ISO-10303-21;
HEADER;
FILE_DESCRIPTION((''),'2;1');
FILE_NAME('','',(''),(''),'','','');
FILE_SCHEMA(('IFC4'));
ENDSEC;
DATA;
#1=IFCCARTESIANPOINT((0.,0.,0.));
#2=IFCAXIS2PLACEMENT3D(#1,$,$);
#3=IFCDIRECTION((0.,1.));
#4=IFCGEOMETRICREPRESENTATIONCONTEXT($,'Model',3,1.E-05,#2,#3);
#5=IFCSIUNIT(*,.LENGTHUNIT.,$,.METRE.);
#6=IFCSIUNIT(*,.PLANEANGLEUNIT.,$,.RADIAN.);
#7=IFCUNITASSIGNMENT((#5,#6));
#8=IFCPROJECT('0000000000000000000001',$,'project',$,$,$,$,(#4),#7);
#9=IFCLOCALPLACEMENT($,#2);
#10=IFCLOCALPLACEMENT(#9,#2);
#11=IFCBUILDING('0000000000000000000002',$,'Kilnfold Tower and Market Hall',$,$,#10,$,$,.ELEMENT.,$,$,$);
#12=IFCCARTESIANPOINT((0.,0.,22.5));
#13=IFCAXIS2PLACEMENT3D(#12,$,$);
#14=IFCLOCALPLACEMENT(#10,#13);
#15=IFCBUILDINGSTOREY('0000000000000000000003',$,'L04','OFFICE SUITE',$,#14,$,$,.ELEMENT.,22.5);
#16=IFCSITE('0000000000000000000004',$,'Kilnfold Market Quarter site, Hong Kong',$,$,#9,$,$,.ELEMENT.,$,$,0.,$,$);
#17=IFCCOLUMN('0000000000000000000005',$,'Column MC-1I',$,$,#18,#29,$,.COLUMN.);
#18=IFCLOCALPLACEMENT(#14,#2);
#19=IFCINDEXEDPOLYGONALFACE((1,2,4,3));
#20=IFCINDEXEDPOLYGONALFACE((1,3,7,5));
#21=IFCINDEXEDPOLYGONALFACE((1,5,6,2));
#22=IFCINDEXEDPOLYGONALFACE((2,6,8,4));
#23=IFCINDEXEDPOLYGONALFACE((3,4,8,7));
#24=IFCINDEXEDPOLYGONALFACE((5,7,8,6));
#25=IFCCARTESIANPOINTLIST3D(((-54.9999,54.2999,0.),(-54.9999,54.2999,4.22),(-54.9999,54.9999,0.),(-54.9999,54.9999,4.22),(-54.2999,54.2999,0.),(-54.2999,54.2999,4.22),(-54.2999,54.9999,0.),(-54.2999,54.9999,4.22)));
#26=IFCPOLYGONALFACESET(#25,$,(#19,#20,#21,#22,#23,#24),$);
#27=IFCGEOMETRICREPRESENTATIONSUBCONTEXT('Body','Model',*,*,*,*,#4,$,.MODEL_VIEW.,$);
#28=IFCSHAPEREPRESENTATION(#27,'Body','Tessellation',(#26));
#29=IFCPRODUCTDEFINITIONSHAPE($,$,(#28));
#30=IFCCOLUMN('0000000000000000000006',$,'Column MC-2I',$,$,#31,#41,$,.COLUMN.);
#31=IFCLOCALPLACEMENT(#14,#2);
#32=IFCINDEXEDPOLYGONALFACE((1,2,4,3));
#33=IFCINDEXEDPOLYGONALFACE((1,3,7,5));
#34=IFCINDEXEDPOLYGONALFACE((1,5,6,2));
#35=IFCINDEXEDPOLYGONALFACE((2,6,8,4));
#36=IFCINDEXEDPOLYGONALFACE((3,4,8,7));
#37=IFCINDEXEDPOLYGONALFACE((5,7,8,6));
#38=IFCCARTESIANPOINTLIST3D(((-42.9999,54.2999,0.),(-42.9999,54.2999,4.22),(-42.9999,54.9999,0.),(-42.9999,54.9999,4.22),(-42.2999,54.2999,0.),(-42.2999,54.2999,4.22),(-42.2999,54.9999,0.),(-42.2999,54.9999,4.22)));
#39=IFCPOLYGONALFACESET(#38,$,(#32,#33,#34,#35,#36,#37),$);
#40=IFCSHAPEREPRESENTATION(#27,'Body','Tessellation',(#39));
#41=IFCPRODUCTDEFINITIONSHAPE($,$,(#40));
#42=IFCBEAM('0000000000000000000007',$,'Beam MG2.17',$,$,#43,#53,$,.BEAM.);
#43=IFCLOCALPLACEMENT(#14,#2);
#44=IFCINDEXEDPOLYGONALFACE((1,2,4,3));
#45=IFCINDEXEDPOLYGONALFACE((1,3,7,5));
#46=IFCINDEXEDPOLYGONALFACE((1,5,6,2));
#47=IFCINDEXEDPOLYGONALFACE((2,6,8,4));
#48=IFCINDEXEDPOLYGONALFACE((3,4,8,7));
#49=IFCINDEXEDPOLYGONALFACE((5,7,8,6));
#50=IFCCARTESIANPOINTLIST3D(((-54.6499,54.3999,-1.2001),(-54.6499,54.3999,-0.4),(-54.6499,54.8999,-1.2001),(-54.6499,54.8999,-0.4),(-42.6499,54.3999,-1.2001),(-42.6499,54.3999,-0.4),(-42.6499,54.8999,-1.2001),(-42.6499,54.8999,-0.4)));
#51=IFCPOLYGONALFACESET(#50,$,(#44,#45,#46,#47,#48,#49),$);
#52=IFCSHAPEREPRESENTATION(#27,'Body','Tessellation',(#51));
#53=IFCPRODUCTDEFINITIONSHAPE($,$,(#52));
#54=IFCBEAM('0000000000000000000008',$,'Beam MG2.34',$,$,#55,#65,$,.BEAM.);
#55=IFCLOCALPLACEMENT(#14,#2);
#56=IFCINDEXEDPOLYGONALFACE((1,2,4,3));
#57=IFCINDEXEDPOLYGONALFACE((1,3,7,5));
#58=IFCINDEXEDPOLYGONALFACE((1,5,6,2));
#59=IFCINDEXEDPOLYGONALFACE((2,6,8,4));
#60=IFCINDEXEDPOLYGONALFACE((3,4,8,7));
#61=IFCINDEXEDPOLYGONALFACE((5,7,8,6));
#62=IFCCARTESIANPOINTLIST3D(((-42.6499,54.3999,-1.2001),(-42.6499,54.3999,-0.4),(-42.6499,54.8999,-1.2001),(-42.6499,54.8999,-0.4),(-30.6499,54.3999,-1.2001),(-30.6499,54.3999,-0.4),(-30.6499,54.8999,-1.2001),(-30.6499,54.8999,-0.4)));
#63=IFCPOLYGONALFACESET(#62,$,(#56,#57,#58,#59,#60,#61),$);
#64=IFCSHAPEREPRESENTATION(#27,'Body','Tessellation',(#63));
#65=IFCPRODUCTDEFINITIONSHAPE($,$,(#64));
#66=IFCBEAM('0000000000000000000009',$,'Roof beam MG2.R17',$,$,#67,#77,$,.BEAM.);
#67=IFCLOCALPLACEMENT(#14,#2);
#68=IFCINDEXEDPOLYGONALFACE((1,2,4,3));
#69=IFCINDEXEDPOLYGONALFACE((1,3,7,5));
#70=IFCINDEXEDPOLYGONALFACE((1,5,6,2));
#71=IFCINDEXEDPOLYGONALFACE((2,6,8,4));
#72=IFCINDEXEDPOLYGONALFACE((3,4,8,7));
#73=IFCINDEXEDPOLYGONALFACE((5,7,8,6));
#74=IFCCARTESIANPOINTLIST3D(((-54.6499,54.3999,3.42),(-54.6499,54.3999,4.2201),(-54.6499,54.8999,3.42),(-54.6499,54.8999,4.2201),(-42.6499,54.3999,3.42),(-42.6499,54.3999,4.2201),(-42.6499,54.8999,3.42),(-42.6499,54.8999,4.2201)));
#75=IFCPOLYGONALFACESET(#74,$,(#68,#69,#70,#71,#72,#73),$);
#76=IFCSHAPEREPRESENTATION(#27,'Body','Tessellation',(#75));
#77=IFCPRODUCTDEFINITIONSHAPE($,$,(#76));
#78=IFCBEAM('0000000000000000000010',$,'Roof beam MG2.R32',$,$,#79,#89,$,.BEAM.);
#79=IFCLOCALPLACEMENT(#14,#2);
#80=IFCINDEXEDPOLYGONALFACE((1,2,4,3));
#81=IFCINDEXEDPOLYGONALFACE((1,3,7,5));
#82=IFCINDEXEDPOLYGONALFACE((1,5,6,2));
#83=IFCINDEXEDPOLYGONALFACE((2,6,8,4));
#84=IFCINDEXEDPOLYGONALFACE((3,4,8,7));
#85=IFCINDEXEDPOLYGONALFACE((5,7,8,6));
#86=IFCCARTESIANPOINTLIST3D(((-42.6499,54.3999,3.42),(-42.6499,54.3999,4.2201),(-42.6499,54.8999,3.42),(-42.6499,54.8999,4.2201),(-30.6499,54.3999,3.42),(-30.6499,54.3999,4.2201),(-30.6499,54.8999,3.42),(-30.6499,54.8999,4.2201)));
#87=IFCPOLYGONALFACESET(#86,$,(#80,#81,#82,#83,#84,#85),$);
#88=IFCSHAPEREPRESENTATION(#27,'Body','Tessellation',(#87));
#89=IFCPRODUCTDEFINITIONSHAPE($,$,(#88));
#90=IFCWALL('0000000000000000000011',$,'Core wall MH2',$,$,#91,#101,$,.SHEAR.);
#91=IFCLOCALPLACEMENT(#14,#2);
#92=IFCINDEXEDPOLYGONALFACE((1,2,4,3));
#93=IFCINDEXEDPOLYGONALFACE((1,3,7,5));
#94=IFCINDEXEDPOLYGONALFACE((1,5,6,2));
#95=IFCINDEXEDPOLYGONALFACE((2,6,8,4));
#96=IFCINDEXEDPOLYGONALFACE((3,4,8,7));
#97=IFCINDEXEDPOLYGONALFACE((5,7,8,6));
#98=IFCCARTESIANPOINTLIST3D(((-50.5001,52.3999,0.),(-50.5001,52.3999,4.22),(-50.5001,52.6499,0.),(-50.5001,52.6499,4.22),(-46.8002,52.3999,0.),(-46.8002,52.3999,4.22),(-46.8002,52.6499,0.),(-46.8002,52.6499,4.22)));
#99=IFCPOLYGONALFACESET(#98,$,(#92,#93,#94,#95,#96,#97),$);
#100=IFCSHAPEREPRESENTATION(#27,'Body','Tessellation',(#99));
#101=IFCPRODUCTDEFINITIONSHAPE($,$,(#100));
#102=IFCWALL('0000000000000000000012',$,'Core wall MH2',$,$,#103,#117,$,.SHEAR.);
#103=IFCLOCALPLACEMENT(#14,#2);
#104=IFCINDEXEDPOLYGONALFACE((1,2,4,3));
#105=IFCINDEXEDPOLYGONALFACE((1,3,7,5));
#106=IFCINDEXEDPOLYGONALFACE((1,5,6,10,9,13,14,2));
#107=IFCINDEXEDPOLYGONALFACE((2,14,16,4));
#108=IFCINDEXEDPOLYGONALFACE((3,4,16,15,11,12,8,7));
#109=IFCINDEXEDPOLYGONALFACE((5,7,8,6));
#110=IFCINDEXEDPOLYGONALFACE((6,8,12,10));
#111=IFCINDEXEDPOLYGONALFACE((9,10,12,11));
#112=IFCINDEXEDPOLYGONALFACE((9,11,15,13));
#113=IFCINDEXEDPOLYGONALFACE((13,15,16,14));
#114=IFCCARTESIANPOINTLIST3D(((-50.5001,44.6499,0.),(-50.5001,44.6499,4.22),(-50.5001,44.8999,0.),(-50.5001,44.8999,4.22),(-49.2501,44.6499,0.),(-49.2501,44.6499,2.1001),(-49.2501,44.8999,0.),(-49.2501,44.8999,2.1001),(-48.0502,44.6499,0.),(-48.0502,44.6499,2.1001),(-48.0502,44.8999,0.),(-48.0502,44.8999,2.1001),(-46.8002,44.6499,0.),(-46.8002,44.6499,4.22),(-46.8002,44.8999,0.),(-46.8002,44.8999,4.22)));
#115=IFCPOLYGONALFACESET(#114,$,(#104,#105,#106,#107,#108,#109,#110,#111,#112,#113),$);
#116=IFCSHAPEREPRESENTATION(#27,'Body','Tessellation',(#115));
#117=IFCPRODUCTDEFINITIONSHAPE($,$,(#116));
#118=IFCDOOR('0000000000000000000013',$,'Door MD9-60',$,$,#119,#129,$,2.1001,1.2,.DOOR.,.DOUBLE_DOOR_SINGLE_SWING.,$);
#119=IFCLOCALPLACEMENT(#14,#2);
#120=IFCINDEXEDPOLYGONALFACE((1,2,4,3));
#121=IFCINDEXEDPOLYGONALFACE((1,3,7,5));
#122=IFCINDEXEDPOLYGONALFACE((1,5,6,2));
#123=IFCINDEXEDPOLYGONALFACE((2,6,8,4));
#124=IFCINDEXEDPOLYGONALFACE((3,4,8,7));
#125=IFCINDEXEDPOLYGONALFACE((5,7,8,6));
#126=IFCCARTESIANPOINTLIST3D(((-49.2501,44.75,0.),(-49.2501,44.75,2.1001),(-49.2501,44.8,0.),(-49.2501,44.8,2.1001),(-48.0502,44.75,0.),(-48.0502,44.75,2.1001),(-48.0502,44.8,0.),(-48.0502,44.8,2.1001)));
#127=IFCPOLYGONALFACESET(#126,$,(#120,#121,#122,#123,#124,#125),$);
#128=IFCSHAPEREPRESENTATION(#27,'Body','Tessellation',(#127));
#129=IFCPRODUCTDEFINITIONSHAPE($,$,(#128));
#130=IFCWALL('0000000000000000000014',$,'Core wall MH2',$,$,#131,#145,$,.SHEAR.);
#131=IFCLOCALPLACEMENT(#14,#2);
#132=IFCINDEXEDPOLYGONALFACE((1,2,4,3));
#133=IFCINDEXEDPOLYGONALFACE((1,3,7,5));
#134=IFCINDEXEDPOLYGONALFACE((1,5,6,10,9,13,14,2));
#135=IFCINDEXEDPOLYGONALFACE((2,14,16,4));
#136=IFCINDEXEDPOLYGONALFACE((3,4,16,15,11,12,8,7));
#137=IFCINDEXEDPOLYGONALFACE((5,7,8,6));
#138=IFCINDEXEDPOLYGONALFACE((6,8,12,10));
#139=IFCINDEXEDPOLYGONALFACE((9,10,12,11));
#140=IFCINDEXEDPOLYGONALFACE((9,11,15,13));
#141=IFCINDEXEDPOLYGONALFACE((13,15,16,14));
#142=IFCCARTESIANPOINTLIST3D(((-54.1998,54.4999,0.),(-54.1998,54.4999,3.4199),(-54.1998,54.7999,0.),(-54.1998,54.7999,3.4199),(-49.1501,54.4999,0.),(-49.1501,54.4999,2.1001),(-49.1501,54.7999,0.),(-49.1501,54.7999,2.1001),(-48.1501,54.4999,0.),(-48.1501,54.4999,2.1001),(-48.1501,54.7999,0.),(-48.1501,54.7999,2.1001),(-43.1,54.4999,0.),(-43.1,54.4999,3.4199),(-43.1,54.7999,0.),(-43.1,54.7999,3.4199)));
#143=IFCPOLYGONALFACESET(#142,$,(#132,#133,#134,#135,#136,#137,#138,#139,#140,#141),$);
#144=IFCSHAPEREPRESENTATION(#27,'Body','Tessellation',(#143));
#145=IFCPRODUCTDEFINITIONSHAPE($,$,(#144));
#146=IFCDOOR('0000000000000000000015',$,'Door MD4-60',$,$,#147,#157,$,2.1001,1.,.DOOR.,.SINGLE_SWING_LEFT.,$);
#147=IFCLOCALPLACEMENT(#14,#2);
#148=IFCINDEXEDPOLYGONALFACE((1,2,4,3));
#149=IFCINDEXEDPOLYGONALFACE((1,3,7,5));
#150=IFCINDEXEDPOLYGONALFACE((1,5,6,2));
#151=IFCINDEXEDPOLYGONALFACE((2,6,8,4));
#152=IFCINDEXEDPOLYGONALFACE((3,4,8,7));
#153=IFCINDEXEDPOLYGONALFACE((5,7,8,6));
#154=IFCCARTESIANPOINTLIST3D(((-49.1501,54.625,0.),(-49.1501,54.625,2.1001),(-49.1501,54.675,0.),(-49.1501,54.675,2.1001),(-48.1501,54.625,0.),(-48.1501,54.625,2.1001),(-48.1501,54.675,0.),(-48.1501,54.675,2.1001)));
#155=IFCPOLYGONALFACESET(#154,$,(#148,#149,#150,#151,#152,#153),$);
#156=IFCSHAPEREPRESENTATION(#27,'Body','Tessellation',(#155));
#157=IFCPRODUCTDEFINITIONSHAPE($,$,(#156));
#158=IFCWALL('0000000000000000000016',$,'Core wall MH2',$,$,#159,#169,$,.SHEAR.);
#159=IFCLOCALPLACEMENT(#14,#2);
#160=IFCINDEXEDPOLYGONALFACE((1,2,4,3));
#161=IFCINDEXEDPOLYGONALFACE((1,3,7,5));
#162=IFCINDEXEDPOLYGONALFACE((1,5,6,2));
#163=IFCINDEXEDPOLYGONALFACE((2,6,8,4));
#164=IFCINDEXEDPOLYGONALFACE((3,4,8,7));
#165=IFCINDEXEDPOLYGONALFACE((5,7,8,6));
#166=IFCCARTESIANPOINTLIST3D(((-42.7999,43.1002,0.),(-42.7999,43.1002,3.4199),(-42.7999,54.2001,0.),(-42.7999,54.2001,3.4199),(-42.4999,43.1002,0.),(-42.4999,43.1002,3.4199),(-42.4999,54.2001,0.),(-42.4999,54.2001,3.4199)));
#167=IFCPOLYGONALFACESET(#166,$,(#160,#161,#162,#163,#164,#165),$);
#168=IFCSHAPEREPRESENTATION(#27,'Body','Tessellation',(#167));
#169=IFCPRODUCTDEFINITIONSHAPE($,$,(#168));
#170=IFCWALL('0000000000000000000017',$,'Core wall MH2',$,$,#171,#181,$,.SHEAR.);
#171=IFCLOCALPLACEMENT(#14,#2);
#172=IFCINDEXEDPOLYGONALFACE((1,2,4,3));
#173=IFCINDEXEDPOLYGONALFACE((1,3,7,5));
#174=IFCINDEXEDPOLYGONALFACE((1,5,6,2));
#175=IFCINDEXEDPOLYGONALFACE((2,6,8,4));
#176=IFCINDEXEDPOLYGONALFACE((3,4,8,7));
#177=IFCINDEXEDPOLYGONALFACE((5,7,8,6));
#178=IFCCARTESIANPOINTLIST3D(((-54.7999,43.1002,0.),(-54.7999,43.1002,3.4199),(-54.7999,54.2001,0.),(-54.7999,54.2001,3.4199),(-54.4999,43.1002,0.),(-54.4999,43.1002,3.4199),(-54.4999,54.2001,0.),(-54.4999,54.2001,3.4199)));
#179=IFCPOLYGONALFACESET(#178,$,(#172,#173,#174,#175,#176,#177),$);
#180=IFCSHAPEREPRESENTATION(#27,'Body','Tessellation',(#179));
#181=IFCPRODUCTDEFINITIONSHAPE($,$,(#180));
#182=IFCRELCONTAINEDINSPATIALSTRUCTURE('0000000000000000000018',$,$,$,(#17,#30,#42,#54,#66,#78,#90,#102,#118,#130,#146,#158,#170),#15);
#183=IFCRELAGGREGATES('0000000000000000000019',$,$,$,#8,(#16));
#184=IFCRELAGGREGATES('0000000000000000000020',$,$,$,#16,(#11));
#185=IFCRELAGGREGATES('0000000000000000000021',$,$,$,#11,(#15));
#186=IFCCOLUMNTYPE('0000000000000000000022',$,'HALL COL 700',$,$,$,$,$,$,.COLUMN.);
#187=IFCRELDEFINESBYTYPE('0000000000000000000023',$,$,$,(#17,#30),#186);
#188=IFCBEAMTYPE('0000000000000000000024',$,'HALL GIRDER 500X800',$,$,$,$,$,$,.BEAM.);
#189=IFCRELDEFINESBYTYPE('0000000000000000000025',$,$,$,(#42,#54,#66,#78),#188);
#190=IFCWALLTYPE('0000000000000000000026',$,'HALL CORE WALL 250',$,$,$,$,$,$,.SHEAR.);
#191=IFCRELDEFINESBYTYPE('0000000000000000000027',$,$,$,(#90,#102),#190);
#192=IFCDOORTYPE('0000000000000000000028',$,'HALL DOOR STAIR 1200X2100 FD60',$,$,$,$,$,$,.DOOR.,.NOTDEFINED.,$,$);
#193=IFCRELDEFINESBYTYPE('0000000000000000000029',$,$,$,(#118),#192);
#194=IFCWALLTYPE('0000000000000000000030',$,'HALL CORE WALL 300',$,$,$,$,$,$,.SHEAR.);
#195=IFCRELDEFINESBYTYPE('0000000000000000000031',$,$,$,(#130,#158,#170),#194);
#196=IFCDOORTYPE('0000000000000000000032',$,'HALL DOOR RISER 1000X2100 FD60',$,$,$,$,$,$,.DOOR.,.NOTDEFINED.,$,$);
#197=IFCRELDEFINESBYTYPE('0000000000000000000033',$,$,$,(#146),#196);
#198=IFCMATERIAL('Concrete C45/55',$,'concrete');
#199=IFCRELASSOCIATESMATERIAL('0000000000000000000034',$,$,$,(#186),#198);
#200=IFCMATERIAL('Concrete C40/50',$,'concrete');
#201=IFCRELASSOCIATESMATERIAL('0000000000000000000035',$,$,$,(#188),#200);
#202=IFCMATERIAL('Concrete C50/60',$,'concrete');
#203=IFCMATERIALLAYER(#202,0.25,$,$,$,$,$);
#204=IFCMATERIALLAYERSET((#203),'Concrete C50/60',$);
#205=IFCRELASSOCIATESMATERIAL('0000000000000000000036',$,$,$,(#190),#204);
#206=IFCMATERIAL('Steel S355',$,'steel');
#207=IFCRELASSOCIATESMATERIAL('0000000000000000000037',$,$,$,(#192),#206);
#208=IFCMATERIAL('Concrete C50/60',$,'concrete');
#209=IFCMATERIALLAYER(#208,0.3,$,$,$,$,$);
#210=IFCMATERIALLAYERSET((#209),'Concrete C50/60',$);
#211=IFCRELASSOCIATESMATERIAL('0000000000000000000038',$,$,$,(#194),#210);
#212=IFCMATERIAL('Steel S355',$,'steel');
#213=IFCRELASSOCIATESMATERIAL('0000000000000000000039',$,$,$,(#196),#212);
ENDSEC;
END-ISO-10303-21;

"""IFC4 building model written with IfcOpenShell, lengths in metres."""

from ifc_helpers import new_model, si_unit, direction, frame, frame_2d, origin, origin_2d, place, context, subcontext, project, spatial, rectangle, extrude, source, transform, mapped, material, layer, layer_set, material_profile, profile_set, type_object, element, fill, save


model = new_model("IFC4")

# Units and contexts
model_context = context("Model", 3, precision=1e-05, world=origin(), true_north=direction((0.0, 1.0)))
body_context = subcontext(model_context, "Body", "Model", "MODEL_VIEW")
ifc_project = project(units=[si_unit("LENGTHUNIT", "METRE"), si_unit("PLANEANGLEUNIT", "RADIAN")], contexts=[model_context])

# Site, building, storey
site_placement = place(None, origin())
site = spatial("IfcSite", under=ifc_project, at=site_placement, Name="Kilnfold Market Quarter site, Hong Kong", CompositionType="ELEMENT", RefElevation=0.0)
building_placement = place(site_placement, origin())
building = spatial("IfcBuilding", under=site, at=building_placement, Name="Kilnfold Tower and Market Hall", CompositionType="ELEMENT")
storey_placement = place(building_placement, frame((0.0, 0.0, 22.5)))
storey = spatial("IfcBuildingStorey", under=building, at=storey_placement, Name="L04", Description="OFFICE SUITE", CompositionType="ELEMENT", Elevation=22.5)

# Columns
ifc_material_1 = material(Name="Concrete C45/55", Category="concrete")
ifc_material_profile_1 = material_profile(ifc_material_1, rectangle(XDim=0.7, YDim=0.7, at=origin_2d()), Name="RC 700x700")
ifc_profile_set_1 = profile_set([ifc_material_profile_1], Name="Concrete C45/55")
column_type = type_object("IfcColumnType", Name="HALL COL 700", PredefinedType="COLUMN", material=ifc_profile_set_1)
shared_shape_1 = source(origin(), body_context, "Body", "SweptSolid", [
    extrude(rectangle(XDim=0.7, YDim=0.7, at=origin_2d()), origin(), (0.0, 0.0, 1.0), 4.22),
])
for number, where, z_axis, x_axis, name in (
    (1, (-54.6499, 54.6499, 0.0), (0.0, 0.0, 1.0), (1.0, 0.0, 0.0), "Column MC-1I"),
    (2, (-42.6499, 54.6499, 0.0), (0.0, 0.0, 1.0), (1.0, 0.0, 0.0), "Column MC-2I"),
):
    element("IfcColumn", number, at=place(storey_placement, frame(where, z_axis=z_axis, x_axis=x_axis)), inside=storey, type_object=column_type, Name=name, PredefinedType="COLUMN", context=body_context, shape_type="MappedRepresentation", body=[
        mapped(shared_shape_1, transform((0.0, 0.0, 0.0))),
    ])

# Beams
ifc_material_2 = material(Name="Concrete C40/50", Category="concrete")
ifc_material_profile_2 = material_profile(ifc_material_2, rectangle(XDim=0.5, YDim=0.8, at=origin_2d()), Name="RC 500x800")
ifc_profile_set_2 = profile_set([ifc_material_profile_2], Name="Concrete C40/50")
beam_type = type_object("IfcBeamType", Name="HALL GIRDER 500X800", PredefinedType="BEAM", material=ifc_profile_set_2)
for number, where, z_axis, x_axis, name in (
    (3, (-54.6499, 54.6499, -0.8), (1.0, 0.0, 0.0), (0.0, 1.0, 0.0), "Beam MG2.17"),
    (4, (-42.6499, 54.6499, -0.8), (1.0, 0.0, 0.0), (0.0, 1.0, 0.0), "Beam MG2.34"),
    (5, (-54.6499, 54.6499, 3.8201), (1.0, 0.0, 0.0), (0.0, 1.0, 0.0), "Roof beam MG2.R17"),
    (6, (-42.6499, 54.6499, 3.8201), (1.0, 0.0, 0.0), (0.0, 1.0, 0.0), "Roof beam MG2.R32"),
):
    element("IfcBeam", number, at=place(storey_placement, frame(where, z_axis=z_axis, x_axis=x_axis)), inside=storey, type_object=beam_type, Name=name, PredefinedType="BEAM", context=body_context, shape_type="SweptSolid", body=[
        extrude(rectangle(XDim=0.5, YDim=0.8, at=origin_2d()), origin(), (0.0, 0.0, 1.0), 12.0),
    ])

# Wall
ifc_material_3 = material(Name="Concrete C50/60", Category="concrete")
ifc_layer_1 = layer(ifc_material_3, 0.25)
ifc_layer_set_1 = layer_set([ifc_layer_1], Name="Concrete C50/60")
wall_type_1 = type_object("IfcWallType", Name="HALL CORE WALL 250", PredefinedType="SHEAR", material=ifc_layer_set_1)
shared_shape_2 = source(origin(), body_context, "Body", "SweptSolid", [
    extrude(rectangle(XDim=3.7, YDim=0.25, at=frame_2d((1.8501, 0.0))), origin(), (0.0, 0.0, 1.0), 4.22),
])
wall_1_placement = place(storey_placement, frame((-46.8, 52.5249, 0.0), z_axis=(0.0, 0.0, 1.0), x_axis=(-1.0, 0.0, 0.0)))
element("IfcWall", 7, at=wall_1_placement, inside=storey, type_object=wall_type_1, Name="Core wall MH2", PredefinedType="SHEAR", context=body_context, shape_type="MappedRepresentation", body=[
    mapped(shared_shape_2, transform((0.0, 0.0, 0.0))),
])

# Walls, openings, doors
wall_2_placement = place(storey_placement, frame((-46.8, 44.7749, 0.0), z_axis=(0.0, 0.0, 1.0), x_axis=(-1.0, 0.0, 0.0)))
wall_2 = element("IfcWall", 8, at=wall_2_placement, inside=storey, type_object=wall_type_1, Name="Core wall MH2", PredefinedType="SHEAR", context=body_context, shape_type="MappedRepresentation", body=[
    mapped(shared_shape_2, transform((0.0, 0.0, 0.0))),
])
opening_1_placement = place(wall_2_placement, frame((1.25, 0.0, 0.0)))
opening_1 = element("IfcOpeningElement", 9, at=opening_1_placement, cuts=wall_2, PredefinedType="OPENING", context=body_context, shape_type="SweptSolid", body=[
    extrude(rectangle(XDim=1.2, YDim=2.1001, at=frame_2d((0.6001, 1.05))), frame((0.0, 0.135, 0.0), z_axis=(0.0, -1.0, 0.0), x_axis=(1.0, 0.0, 0.0)), (0.0, 0.0, 1.0), 0.27),
])
ifc_material_4 = material(Name="Steel S355", Category="steel")
door_type_1 = type_object("IfcDoorType", Name="HALL DOOR STAIR 1200X2100 FD60", OperationType="NOTDEFINED", PredefinedType="DOOR", material=ifc_material_4)
door_1_placement = place(opening_1_placement, origin())
door_1 = element("IfcDoor", 10, at=door_1_placement, inside=storey, type_object=door_type_1, Name="Door MD9-60", OperationType="DOUBLE_DOOR_SINGLE_SWING", OverallHeight=2.1001, OverallWidth=1.2, PredefinedType="DOOR", context=body_context, shape_type="SweptSolid", body=[
    extrude(rectangle(XDim=1.2, YDim=2.1001, at=frame_2d((0.6001, 1.05))), frame((0.0, 0.0249, 0.0), z_axis=(0.0, -1.0, 0.0), x_axis=(1.0, 0.0, 0.0)), (0.0, 0.0, 1.0), 0.05),
])
fill(opening_1, door_1)
ifc_material_5 = material(Name="Concrete C50/60", Category="concrete")
ifc_layer_2 = layer(ifc_material_5, 0.3)
ifc_layer_set_2 = layer_set([ifc_layer_2], Name="Concrete C50/60")
wall_type_2 = type_object("IfcWallType", Name="HALL CORE WALL 300", PredefinedType="SHEAR", material=ifc_layer_set_2)
shared_shape_3 = source(origin(), body_context, "Body", "SweptSolid", [
    extrude(rectangle(XDim=11.0999, YDim=0.3, at=frame_2d((5.5498, 0.0))), origin(), (0.0, 0.0, 1.0), 3.4199),
])
wall_3_placement = place(storey_placement, frame((-43.1001, 54.6499, 0.0), z_axis=(0.0, 0.0, 1.0), x_axis=(-1.0, 0.0, 0.0)))
wall_3 = element("IfcWall", 11, at=wall_3_placement, inside=storey, type_object=wall_type_2, Name="Core wall MH2", PredefinedType="SHEAR", context=body_context, shape_type="MappedRepresentation", body=[
    mapped(shared_shape_3, transform((0.0, 0.0, 0.0))),
])
opening_2_placement = place(wall_3_placement, frame((5.05, 0.0, 0.0)))
opening_2 = element("IfcOpeningElement", 12, at=opening_2_placement, cuts=wall_3, PredefinedType="OPENING", context=body_context, shape_type="SweptSolid", body=[
    extrude(rectangle(XDim=1.0, YDim=2.1001, at=frame_2d((0.5, 1.05))), frame((0.0, 0.1602, 0.0), z_axis=(0.0, -1.0, 0.0), x_axis=(1.0, 0.0, 0.0)), (0.0, 0.0, 1.0), 0.3201),
])
ifc_material_6 = material(Name="Steel S355", Category="steel")
door_type_2 = type_object("IfcDoorType", Name="HALL DOOR RISER 1000X2100 FD60", OperationType="NOTDEFINED", PredefinedType="DOOR", material=ifc_material_6)
door_2_placement = place(opening_2_placement, origin())
door_2 = element("IfcDoor", 13, at=door_2_placement, inside=storey, type_object=door_type_2, Name="Door MD4-60", OperationType="SINGLE_SWING_LEFT", OverallHeight=2.1001, OverallWidth=1.0, PredefinedType="DOOR", context=body_context, shape_type="SweptSolid", body=[
    extrude(rectangle(XDim=1.0, YDim=2.1001, at=frame_2d((0.5, 1.05))), frame((0.0, 0.0249, 0.0), z_axis=(0.0, -1.0, 0.0), x_axis=(1.0, 0.0, 0.0)), (0.0, 0.0, 1.0), 0.05),
])
fill(opening_2, door_2)

# Walls
for number, where, z_axis, x_axis, name in (
    (14, (-42.6499, 54.2, 0.0), (0.0, 0.0, 1.0), (0.0, -1.0, 0.0), "Core wall MH2"),
    (15, (-54.6499, 54.2, 0.0), (0.0, 0.0, 1.0), (0.0, -1.0, 0.0), "Core wall MH2"),
):
    element("IfcWall", number, at=place(storey_placement, frame(where, z_axis=z_axis, x_axis=x_axis)), inside=storey, type_object=wall_type_2, Name=name, PredefinedType="SHEAR", context=body_context, shape_type="MappedRepresentation", body=[
        mapped(shared_shape_3, transform((0.0, 0.0, 0.0))),
    ])

save(model, "model.ifc")
